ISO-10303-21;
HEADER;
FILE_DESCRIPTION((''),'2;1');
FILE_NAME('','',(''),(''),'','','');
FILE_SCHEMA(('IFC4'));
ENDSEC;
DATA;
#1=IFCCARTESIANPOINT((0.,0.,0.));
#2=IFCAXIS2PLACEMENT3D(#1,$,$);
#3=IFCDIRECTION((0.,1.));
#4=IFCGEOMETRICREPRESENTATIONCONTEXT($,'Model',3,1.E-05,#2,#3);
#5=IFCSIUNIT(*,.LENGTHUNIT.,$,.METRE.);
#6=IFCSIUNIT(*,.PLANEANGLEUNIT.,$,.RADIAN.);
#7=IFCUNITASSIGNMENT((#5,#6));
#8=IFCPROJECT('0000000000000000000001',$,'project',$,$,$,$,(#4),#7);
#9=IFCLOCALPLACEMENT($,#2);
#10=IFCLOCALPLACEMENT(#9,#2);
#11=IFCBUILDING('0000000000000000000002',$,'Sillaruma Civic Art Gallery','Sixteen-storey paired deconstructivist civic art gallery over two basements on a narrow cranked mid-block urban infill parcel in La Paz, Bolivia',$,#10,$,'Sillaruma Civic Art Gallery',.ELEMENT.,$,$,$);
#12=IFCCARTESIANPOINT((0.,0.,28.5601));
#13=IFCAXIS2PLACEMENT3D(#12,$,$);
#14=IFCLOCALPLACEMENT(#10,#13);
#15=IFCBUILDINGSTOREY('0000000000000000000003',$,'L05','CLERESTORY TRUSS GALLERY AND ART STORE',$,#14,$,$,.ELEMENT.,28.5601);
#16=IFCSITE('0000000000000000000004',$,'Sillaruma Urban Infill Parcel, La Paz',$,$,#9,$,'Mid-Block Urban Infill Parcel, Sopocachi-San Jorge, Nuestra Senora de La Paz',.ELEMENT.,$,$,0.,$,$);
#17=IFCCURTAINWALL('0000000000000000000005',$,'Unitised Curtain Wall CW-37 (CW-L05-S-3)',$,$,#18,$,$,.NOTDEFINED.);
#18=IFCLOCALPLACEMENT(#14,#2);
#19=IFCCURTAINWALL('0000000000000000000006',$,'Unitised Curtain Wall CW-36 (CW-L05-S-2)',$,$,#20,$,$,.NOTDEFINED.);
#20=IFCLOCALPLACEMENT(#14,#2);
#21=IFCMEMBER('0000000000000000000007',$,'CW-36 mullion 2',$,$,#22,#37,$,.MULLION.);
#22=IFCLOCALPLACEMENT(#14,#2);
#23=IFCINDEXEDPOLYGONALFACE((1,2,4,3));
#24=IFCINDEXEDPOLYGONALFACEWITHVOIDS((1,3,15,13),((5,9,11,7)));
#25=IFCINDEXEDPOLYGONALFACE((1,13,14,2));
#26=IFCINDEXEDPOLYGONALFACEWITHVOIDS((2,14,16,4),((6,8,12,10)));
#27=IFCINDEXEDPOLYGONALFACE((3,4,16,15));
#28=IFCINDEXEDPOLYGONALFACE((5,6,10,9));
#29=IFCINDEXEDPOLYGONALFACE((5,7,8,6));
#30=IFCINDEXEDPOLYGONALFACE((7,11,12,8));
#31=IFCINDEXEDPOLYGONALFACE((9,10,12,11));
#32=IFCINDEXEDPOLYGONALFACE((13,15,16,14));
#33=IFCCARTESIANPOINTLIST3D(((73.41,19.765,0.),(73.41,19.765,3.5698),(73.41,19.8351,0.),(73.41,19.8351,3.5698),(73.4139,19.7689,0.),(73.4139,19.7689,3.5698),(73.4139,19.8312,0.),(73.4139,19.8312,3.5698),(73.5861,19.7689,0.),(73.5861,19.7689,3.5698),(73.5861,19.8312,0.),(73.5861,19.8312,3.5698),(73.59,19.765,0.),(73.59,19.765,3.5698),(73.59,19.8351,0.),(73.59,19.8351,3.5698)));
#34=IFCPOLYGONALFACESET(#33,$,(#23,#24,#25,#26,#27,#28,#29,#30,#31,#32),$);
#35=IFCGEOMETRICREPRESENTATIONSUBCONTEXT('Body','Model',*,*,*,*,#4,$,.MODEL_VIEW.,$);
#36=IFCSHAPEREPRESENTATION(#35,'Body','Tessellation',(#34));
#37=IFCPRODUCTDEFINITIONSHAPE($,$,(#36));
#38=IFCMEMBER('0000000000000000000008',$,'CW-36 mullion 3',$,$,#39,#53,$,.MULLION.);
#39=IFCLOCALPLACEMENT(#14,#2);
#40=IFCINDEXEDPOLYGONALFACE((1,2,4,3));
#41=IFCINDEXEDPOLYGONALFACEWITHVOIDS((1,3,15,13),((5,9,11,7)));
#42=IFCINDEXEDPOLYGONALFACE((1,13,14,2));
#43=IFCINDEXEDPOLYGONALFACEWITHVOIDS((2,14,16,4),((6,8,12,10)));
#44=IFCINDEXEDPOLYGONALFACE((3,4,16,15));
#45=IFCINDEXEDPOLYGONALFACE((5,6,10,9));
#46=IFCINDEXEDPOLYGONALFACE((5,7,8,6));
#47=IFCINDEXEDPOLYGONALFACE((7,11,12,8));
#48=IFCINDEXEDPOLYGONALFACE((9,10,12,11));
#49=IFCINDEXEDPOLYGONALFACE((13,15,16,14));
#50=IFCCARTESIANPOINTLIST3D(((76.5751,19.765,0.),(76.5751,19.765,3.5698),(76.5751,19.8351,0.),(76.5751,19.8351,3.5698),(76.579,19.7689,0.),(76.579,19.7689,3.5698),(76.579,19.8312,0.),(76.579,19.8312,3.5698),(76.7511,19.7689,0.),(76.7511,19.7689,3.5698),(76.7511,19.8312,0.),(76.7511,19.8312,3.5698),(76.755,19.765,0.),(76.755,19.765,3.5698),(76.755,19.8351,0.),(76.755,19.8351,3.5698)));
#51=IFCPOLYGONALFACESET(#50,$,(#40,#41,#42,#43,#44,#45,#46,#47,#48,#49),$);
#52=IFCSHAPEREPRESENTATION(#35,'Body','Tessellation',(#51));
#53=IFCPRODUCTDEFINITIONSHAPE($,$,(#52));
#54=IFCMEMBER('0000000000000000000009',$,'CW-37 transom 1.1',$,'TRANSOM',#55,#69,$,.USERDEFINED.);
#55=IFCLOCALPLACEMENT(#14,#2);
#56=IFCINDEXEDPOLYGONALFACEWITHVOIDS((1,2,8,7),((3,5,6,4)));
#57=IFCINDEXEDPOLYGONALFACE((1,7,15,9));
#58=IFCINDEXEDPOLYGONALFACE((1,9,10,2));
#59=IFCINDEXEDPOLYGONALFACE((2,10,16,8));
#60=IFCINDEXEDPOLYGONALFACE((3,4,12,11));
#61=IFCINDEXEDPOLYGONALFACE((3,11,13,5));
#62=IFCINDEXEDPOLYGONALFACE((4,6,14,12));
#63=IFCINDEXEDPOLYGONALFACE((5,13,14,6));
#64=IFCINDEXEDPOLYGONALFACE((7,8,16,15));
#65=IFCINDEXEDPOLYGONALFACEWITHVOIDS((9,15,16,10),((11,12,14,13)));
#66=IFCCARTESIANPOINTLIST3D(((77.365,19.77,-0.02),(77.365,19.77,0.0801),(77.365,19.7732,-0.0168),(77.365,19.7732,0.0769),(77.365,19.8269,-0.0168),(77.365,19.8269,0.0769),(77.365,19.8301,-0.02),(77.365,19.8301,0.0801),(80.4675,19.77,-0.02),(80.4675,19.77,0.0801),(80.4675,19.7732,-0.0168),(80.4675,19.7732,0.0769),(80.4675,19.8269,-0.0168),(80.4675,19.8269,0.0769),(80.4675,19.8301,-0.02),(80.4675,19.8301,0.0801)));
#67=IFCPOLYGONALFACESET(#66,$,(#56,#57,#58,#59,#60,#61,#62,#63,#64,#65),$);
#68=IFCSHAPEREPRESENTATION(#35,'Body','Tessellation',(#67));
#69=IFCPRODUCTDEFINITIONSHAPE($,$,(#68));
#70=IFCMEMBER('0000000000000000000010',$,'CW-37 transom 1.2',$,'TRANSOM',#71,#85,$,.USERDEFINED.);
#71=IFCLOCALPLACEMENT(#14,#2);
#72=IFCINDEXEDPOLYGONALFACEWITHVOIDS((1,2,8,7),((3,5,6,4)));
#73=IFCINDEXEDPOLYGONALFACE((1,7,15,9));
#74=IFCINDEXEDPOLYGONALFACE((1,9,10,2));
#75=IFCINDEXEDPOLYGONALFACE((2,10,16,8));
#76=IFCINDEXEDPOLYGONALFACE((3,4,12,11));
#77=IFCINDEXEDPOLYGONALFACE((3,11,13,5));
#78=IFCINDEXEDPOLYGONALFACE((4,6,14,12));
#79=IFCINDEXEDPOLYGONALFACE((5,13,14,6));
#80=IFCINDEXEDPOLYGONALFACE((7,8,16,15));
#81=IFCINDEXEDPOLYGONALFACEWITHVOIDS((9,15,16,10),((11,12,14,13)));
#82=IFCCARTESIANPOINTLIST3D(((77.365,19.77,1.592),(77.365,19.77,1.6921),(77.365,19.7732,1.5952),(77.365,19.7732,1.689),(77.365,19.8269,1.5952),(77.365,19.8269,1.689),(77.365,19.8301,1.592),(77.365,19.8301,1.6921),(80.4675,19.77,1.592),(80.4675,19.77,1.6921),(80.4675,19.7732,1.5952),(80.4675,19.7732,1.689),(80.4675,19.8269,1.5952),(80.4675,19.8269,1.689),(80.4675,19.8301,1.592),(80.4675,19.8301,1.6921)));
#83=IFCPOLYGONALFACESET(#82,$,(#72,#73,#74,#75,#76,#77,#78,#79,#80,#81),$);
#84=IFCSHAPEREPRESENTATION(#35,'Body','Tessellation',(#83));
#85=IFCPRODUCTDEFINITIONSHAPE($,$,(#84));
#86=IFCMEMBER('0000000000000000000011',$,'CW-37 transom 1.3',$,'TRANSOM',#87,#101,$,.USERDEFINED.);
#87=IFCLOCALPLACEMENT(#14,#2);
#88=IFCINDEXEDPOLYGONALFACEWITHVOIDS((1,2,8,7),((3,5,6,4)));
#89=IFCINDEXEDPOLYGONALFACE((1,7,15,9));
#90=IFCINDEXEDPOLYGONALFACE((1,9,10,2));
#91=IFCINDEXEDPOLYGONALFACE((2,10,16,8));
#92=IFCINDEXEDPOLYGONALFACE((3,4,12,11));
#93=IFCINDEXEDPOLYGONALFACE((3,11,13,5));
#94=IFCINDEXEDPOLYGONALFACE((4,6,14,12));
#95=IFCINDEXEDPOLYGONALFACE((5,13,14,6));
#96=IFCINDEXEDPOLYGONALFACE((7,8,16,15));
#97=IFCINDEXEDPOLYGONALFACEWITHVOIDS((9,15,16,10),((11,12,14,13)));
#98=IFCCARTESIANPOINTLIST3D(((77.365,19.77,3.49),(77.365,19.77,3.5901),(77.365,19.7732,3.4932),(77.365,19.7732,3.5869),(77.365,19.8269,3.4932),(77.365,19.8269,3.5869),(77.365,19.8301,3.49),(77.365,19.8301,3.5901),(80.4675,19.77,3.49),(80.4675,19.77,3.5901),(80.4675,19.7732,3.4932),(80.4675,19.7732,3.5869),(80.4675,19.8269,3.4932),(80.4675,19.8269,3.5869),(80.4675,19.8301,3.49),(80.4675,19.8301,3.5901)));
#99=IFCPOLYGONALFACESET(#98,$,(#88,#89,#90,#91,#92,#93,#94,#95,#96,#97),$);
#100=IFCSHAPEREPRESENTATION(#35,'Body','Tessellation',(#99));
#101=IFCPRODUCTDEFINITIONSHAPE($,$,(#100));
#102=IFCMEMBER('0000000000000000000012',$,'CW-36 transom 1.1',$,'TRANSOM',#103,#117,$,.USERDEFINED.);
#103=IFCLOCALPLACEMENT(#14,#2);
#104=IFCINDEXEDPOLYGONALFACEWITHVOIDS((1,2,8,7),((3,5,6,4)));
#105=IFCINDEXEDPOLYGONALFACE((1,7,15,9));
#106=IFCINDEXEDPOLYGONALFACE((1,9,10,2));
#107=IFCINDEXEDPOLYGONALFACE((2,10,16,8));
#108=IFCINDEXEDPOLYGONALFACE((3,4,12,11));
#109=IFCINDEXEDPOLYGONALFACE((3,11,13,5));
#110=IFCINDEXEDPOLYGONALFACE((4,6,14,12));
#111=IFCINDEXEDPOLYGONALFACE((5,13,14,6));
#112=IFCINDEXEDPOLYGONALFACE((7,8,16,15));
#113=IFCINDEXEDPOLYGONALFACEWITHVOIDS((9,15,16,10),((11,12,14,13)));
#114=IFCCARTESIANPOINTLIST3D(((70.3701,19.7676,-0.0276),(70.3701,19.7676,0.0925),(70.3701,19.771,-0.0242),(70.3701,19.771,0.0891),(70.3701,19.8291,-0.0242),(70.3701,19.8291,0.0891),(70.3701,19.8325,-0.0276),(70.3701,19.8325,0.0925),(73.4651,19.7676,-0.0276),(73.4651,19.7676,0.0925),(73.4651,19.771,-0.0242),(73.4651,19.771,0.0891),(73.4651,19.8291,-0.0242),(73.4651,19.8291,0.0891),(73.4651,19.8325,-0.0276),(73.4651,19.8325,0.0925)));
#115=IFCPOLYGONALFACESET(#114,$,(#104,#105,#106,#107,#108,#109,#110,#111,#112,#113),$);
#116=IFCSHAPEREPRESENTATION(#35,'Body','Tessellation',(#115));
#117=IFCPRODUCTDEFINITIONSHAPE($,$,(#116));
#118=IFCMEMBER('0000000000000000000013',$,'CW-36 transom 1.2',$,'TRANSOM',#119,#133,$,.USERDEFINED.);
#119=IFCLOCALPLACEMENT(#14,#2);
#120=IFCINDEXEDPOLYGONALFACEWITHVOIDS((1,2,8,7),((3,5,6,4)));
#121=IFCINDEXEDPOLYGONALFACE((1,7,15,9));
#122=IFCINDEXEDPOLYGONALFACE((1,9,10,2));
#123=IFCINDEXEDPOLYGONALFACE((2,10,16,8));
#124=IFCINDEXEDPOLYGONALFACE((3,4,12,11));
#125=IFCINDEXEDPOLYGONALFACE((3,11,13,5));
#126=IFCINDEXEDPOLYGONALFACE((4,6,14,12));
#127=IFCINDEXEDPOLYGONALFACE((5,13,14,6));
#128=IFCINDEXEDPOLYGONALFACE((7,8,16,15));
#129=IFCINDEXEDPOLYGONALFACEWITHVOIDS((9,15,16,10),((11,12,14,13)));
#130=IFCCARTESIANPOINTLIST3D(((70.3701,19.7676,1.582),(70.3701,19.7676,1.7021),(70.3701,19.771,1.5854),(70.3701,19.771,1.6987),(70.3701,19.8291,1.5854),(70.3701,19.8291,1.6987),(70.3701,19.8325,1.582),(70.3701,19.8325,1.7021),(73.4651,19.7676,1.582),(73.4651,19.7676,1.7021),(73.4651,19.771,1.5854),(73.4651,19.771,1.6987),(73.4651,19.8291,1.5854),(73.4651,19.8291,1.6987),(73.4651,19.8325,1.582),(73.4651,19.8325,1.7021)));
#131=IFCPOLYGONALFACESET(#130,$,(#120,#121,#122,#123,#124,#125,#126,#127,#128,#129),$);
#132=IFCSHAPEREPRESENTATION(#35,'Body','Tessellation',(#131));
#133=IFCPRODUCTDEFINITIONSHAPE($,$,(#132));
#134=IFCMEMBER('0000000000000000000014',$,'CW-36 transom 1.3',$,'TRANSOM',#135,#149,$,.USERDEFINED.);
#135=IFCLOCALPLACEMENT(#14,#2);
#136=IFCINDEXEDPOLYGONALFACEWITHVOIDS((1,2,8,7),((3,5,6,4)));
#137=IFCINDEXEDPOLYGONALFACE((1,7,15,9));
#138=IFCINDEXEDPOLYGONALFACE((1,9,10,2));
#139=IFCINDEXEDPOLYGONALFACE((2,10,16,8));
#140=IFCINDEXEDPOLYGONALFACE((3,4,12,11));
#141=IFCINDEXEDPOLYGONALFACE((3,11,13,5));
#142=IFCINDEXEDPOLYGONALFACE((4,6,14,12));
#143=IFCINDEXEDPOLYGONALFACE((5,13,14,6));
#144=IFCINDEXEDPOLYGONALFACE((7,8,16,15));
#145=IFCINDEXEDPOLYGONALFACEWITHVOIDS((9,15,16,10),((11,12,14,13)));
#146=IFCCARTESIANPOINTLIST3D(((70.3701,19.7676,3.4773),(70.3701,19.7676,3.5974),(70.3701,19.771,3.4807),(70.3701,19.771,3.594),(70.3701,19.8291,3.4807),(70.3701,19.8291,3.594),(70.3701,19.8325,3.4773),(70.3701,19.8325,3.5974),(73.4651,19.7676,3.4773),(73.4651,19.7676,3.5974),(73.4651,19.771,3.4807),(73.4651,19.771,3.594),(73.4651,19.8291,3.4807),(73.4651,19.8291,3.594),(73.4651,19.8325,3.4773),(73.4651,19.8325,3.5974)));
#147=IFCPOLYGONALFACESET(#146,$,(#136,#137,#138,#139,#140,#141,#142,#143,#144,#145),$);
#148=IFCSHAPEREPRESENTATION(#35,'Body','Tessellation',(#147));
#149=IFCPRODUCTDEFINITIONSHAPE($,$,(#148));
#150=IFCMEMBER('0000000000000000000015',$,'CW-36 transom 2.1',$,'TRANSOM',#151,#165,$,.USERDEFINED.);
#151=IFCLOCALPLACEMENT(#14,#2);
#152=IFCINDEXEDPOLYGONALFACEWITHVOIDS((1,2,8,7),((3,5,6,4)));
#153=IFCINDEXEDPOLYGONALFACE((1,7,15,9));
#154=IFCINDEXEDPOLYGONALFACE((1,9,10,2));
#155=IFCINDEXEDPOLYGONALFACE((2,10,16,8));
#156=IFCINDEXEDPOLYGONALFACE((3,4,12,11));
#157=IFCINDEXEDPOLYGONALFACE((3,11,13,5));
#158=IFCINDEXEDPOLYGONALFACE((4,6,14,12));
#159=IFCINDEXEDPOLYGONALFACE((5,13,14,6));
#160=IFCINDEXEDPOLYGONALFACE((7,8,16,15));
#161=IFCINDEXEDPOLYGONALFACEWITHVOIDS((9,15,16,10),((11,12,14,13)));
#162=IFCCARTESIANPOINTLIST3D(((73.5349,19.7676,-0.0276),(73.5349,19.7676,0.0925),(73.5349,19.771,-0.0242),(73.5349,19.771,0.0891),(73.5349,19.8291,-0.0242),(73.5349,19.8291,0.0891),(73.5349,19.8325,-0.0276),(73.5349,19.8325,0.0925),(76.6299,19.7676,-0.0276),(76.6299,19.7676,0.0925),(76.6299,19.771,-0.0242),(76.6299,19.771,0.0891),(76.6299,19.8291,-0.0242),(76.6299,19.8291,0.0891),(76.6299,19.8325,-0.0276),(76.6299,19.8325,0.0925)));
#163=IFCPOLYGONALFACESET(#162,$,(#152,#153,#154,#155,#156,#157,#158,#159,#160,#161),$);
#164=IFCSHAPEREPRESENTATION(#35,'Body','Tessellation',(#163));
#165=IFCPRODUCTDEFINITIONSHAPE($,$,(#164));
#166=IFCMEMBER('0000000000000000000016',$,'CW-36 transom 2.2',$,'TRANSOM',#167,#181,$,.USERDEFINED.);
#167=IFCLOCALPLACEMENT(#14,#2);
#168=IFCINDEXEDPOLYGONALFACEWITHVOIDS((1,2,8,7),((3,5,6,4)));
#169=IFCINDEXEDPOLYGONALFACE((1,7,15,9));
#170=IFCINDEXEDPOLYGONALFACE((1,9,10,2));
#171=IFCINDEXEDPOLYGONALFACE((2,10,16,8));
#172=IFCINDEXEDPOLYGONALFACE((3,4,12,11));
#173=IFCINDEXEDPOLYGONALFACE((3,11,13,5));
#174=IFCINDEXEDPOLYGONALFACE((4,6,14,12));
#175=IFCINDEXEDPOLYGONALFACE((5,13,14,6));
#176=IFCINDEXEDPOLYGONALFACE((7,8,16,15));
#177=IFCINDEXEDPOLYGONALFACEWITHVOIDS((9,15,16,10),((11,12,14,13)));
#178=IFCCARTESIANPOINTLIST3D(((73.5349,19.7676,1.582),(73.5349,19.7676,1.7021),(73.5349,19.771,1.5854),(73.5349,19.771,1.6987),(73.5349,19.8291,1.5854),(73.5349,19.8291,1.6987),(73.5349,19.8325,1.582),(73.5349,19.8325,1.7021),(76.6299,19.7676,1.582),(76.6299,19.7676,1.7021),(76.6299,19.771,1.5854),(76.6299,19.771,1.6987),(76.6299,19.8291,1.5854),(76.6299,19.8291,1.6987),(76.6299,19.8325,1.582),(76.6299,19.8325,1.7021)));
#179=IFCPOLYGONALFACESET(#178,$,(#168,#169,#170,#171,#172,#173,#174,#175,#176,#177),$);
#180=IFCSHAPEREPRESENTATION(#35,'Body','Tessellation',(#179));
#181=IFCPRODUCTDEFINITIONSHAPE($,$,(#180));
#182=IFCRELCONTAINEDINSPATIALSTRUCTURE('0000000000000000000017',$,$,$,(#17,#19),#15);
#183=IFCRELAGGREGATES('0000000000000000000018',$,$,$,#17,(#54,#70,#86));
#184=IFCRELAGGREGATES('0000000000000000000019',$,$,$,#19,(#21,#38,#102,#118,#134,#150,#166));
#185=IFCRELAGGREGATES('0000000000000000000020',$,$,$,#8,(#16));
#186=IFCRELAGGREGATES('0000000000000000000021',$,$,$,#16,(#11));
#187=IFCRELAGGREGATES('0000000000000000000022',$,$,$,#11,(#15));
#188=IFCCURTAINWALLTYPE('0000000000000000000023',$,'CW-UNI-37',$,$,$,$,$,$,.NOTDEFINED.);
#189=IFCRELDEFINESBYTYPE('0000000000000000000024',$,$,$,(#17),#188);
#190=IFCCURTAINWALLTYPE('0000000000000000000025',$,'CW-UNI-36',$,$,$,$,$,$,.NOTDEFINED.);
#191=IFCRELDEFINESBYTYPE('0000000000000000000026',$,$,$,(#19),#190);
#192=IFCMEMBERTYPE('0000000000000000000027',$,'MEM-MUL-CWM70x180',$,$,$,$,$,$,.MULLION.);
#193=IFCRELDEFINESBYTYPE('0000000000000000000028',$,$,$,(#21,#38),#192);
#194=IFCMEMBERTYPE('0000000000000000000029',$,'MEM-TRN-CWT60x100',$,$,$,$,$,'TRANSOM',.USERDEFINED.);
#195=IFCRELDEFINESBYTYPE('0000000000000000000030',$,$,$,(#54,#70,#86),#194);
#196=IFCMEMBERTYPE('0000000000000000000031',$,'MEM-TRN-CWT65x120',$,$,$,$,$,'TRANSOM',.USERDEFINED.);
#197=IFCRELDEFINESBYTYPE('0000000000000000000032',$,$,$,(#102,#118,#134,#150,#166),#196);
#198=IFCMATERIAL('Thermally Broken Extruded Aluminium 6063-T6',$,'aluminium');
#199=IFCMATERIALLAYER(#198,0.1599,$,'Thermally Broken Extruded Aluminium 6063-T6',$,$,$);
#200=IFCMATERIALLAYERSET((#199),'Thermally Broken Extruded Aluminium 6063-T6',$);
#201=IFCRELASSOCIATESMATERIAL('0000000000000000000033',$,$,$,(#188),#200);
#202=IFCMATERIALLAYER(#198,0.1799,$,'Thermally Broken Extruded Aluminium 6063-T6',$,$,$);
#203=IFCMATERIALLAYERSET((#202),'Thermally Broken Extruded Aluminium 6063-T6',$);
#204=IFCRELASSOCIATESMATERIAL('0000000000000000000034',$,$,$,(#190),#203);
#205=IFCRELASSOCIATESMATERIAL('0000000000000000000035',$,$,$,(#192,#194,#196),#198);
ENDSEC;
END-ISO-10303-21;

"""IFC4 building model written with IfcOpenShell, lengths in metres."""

from ifc_helpers import new_model, si_unit, direction, frame, origin, origin_2d, place, context, subcontext, project, spatial, hollow_rectangle, extrude, material, layer, layer_set, material_profile, profile_set, type_object, element, aggregate, save


model = new_model("IFC4")

# Units and contexts
model_context = context("Model", 3, precision=1e-05, world=origin(), true_north=direction((0.0, 1.0)))
body_context = subcontext(model_context, "Body", "Model", "MODEL_VIEW")
ifc_project = project(units=[si_unit("LENGTHUNIT", "METRE"), si_unit("PLANEANGLEUNIT", "RADIAN")], contexts=[model_context])

# Site, building, storey
site_placement = place(None, origin())
site = spatial("IfcSite", under=ifc_project, at=site_placement, Name="Sillaruma Urban Infill Parcel, La Paz", LongName="Mid-Block Urban Infill Parcel, Sopocachi-San Jorge, Nuestra Senora de La Paz", CompositionType="ELEMENT", RefElevation=0.0)
building_placement = place(site_placement, origin())
building = spatial("IfcBuilding", under=site, at=building_placement, Name="Sillaruma Civic Art Gallery", Description="Sixteen-storey paired deconstructivist civic art gallery over two basements on a narrow cranked mid-block urban infill parcel in La Paz, Bolivia", LongName="Sillaruma Civic Art Gallery", CompositionType="ELEMENT")
storey_placement = place(building_placement, frame((0.0, 0.0, 28.5601)))
storey = spatial("IfcBuildingStorey", under=building, at=storey_placement, Name="L05", Description="CLERESTORY TRUSS GALLERY AND ART STORE", CompositionType="ELEMENT", Elevation=28.5601)

# Curtain wall
ifc_material_1 = material(Name="Thermally Broken Extruded Aluminium 6063-T6", Category="aluminium")
ifc_layer_1 = layer(ifc_material_1, 0.1599, Name="Thermally Broken Extruded Aluminium 6063-T6")
ifc_layer_set_1 = layer_set([ifc_layer_1], Name="Thermally Broken Extruded Aluminium 6063-T6")
curtain_wall_type_1 = type_object("IfcCurtainWallType", Name="CW-UNI-37", PredefinedType="NOTDEFINED", material=ifc_layer_set_1)
curtain_wall_1_placement = place(storey_placement, origin())
curtain_wall_1 = element("IfcCurtainWall", 1, at=curtain_wall_1_placement, inside=storey, type_object=curtain_wall_type_1, Name="Unitised Curtain Wall CW-37 (CW-L05-S-3)", PredefinedType="NOTDEFINED")

# Curtain wall, members
ifc_layer_2 = layer(ifc_material_1, 0.1799, Name="Thermally Broken Extruded Aluminium 6063-T6")
ifc_layer_set_2 = layer_set([ifc_layer_2], Name="Thermally Broken Extruded Aluminium 6063-T6")
curtain_wall_type_2 = type_object("IfcCurtainWallType", Name="CW-UNI-36", PredefinedType="NOTDEFINED", material=ifc_layer_set_2)
curtain_wall_2_placement = place(storey_placement, origin())
curtain_wall_2 = element("IfcCurtainWall", 2, at=curtain_wall_2_placement, inside=storey, type_object=curtain_wall_type_2, Name="Unitised Curtain Wall CW-36 (CW-L05-S-2)", PredefinedType="NOTDEFINED")
ifc_material_profile_1 = material_profile(ifc_material_1, hollow_rectangle(XDim=0.0701, YDim=0.1799, WallThickness=0.0039, at=origin_2d()), Name="CWM70x180")
ifc_profile_set_1 = profile_set([ifc_material_profile_1], Name="Thermally Broken Extruded Aluminium 6063-T6")
member_type_1 = type_object("IfcMemberType", Name="MEM-MUL-CWM70x180", PredefinedType="MULLION", material=ifc_profile_set_1)
member_1_placement = place(storey_placement, frame((73.5, 19.8, 0.0), z_axis=(0.0, 0.0, 1.0), x_axis=(0.0, 1.0, 0.0)))
member_1 = element("IfcMember", 3, at=member_1_placement, type_object=member_type_1, Name="CW-36 mullion 2", PredefinedType="MULLION", context=body_context, shape_type="SweptSolid", body=[
    extrude(hollow_rectangle(XDim=0.0701, YDim=0.1799, WallThickness=0.0039, at=origin_2d()), origin(), (0.0, 0.0, 1.0), 3.5698),
])
member_2_placement = place(storey_placement, frame((76.665, 19.8, 0.0), z_axis=(0.0, 0.0, 1.0), x_axis=(0.0, 1.0, 0.0)))
member_2 = element("IfcMember", 4, at=member_2_placement, type_object=member_type_1, Name="CW-36 mullion 3", PredefinedType="MULLION", context=body_context, shape_type="SweptSolid", body=[
    extrude(hollow_rectangle(XDim=0.0701, YDim=0.1799, WallThickness=0.0039, at=origin_2d()), origin(), (0.0, 0.0, 1.0), 3.5698),
])

# Members
ifc_material_profile_2 = material_profile(ifc_material_1, hollow_rectangle(XDim=0.0601, YDim=0.1001, WallThickness=0.0032, at=origin_2d()), Name="CWT60x100")
ifc_profile_set_2 = profile_set([ifc_material_profile_2], Name="Thermally Broken Extruded Aluminium 6063-T6")
member_type_2 = type_object("IfcMemberType", Name="MEM-TRN-CWT60x100", ElementType="TRANSOM", PredefinedType="USERDEFINED", material=ifc_profile_set_2)
member_3_placement = place(storey_placement, frame((77.365, 19.8, 0.03), z_axis=(1.0, 0.0, 0.0), x_axis=(0.0, 1.0, 0.0)))
member_3 = element("IfcMember", 5, at=member_3_placement, type_object=member_type_2, Name="CW-37 transom 1.1", ObjectType="TRANSOM", PredefinedType="USERDEFINED", context=body_context, shape_type="SweptSolid", body=[
    extrude(hollow_rectangle(XDim=0.0601, YDim=0.1001, WallThickness=0.0032, at=origin_2d()), origin(), (0.0, 0.0, 1.0), 3.1025),
])
member_4_placement = place(storey_placement, frame((77.365, 19.8, 1.6421), z_axis=(1.0, 0.0, 0.0), x_axis=(0.0, 1.0, 0.0)))
member_4 = element("IfcMember", 6, at=member_4_placement, type_object=member_type_2, Name="CW-37 transom 1.2", ObjectType="TRANSOM", PredefinedType="USERDEFINED", context=body_context, shape_type="SweptSolid", body=[
    extrude(hollow_rectangle(XDim=0.0601, YDim=0.1001, WallThickness=0.0032, at=origin_2d()), origin(), (0.0, 0.0, 1.0), 3.1025),
])
member_5_placement = place(storey_placement, frame((77.365, 19.8, 3.54), z_axis=(1.0, 0.0, 0.0), x_axis=(0.0, 1.0, 0.0)))
member_5 = element("IfcMember", 7, at=member_5_placement, type_object=member_type_2, Name="CW-37 transom 1.3", ObjectType="TRANSOM", PredefinedType="USERDEFINED", context=body_context, shape_type="SweptSolid", body=[
    extrude(hollow_rectangle(XDim=0.0601, YDim=0.1001, WallThickness=0.0032, at=origin_2d()), origin(), (0.0, 0.0, 1.0), 3.1025),
])
ifc_material_profile_3 = material_profile(ifc_material_1, hollow_rectangle(XDim=0.0649, YDim=0.1201, WallThickness=0.0034, at=origin_2d()), Name="CWT65x120")
ifc_profile_set_3 = profile_set([ifc_material_profile_3], Name="Thermally Broken Extruded Aluminium 6063-T6")
member_type_3 = type_object("IfcMemberType", Name="MEM-TRN-CWT65x120", ElementType="TRANSOM", PredefinedType="USERDEFINED", material=ifc_profile_set_3)
member_6_placement = place(storey_placement, frame((70.3701, 19.8, 0.0325), z_axis=(1.0, 0.0, 0.0), x_axis=(0.0, 1.0, 0.0)))
member_6 = element("IfcMember", 8, at=member_6_placement, type_object=member_type_3, Name="CW-36 transom 1.1", ObjectType="TRANSOM", PredefinedType="USERDEFINED", context=body_context, shape_type="SweptSolid", body=[
    extrude(hollow_rectangle(XDim=0.0649, YDim=0.1201, WallThickness=0.0034, at=origin_2d()), origin(), (0.0, 0.0, 1.0), 3.095),
])
member_7_placement = place(storey_placement, frame((70.3701, 19.8, 1.6421), z_axis=(1.0, 0.0, 0.0), x_axis=(0.0, 1.0, 0.0)))
member_7 = element("IfcMember", 9, at=member_7_placement, type_object=member_type_3, Name="CW-36 transom 1.2", ObjectType="TRANSOM", PredefinedType="USERDEFINED", context=body_context, shape_type="SweptSolid", body=[
    extrude(hollow_rectangle(XDim=0.0649, YDim=0.1201, WallThickness=0.0034, at=origin_2d()), origin(), (0.0, 0.0, 1.0), 3.095),
])
member_8_placement = place(storey_placement, frame((70.3701, 19.8, 3.5374), z_axis=(1.0, 0.0, 0.0), x_axis=(0.0, 1.0, 0.0)))
member_8 = element("IfcMember", 10, at=member_8_placement, type_object=member_type_3, Name="CW-36 transom 1.3", ObjectType="TRANSOM", PredefinedType="USERDEFINED", context=body_context, shape_type="SweptSolid", body=[
    extrude(hollow_rectangle(XDim=0.0649, YDim=0.1201, WallThickness=0.0034, at=origin_2d()), origin(), (0.0, 0.0, 1.0), 3.095),
])
member_9_placement = place(storey_placement, frame((73.5349, 19.8, 0.0325), z_axis=(1.0, 0.0, 0.0), x_axis=(0.0, 1.0, 0.0)))
member_9 = element("IfcMember", 11, at=member_9_placement, type_object=member_type_3, Name="CW-36 transom 2.1", ObjectType="TRANSOM", PredefinedType="USERDEFINED", context=body_context, shape_type="SweptSolid", body=[
    extrude(hollow_rectangle(XDim=0.0649, YDim=0.1201, WallThickness=0.0034, at=origin_2d()), origin(), (0.0, 0.0, 1.0), 3.095),
])
member_10_placement = place(storey_placement, frame((73.5349, 19.8, 1.6421), z_axis=(1.0, 0.0, 0.0), x_axis=(0.0, 1.0, 0.0)))
member_10 = element("IfcMember", 12, at=member_10_placement, type_object=member_type_3, Name="CW-36 transom 2.2", ObjectType="TRANSOM", PredefinedType="USERDEFINED", context=body_context, shape_type="SweptSolid", body=[
    extrude(hollow_rectangle(XDim=0.0649, YDim=0.1201, WallThickness=0.0034, at=origin_2d()), origin(), (0.0, 0.0, 1.0), 3.095),
])

aggregate(curtain_wall_1, [member_3, member_4, member_5])
aggregate(curtain_wall_2, [member_1, member_2, member_6, member_7, member_8, member_9, member_10])

save(model, "model.ifc")
